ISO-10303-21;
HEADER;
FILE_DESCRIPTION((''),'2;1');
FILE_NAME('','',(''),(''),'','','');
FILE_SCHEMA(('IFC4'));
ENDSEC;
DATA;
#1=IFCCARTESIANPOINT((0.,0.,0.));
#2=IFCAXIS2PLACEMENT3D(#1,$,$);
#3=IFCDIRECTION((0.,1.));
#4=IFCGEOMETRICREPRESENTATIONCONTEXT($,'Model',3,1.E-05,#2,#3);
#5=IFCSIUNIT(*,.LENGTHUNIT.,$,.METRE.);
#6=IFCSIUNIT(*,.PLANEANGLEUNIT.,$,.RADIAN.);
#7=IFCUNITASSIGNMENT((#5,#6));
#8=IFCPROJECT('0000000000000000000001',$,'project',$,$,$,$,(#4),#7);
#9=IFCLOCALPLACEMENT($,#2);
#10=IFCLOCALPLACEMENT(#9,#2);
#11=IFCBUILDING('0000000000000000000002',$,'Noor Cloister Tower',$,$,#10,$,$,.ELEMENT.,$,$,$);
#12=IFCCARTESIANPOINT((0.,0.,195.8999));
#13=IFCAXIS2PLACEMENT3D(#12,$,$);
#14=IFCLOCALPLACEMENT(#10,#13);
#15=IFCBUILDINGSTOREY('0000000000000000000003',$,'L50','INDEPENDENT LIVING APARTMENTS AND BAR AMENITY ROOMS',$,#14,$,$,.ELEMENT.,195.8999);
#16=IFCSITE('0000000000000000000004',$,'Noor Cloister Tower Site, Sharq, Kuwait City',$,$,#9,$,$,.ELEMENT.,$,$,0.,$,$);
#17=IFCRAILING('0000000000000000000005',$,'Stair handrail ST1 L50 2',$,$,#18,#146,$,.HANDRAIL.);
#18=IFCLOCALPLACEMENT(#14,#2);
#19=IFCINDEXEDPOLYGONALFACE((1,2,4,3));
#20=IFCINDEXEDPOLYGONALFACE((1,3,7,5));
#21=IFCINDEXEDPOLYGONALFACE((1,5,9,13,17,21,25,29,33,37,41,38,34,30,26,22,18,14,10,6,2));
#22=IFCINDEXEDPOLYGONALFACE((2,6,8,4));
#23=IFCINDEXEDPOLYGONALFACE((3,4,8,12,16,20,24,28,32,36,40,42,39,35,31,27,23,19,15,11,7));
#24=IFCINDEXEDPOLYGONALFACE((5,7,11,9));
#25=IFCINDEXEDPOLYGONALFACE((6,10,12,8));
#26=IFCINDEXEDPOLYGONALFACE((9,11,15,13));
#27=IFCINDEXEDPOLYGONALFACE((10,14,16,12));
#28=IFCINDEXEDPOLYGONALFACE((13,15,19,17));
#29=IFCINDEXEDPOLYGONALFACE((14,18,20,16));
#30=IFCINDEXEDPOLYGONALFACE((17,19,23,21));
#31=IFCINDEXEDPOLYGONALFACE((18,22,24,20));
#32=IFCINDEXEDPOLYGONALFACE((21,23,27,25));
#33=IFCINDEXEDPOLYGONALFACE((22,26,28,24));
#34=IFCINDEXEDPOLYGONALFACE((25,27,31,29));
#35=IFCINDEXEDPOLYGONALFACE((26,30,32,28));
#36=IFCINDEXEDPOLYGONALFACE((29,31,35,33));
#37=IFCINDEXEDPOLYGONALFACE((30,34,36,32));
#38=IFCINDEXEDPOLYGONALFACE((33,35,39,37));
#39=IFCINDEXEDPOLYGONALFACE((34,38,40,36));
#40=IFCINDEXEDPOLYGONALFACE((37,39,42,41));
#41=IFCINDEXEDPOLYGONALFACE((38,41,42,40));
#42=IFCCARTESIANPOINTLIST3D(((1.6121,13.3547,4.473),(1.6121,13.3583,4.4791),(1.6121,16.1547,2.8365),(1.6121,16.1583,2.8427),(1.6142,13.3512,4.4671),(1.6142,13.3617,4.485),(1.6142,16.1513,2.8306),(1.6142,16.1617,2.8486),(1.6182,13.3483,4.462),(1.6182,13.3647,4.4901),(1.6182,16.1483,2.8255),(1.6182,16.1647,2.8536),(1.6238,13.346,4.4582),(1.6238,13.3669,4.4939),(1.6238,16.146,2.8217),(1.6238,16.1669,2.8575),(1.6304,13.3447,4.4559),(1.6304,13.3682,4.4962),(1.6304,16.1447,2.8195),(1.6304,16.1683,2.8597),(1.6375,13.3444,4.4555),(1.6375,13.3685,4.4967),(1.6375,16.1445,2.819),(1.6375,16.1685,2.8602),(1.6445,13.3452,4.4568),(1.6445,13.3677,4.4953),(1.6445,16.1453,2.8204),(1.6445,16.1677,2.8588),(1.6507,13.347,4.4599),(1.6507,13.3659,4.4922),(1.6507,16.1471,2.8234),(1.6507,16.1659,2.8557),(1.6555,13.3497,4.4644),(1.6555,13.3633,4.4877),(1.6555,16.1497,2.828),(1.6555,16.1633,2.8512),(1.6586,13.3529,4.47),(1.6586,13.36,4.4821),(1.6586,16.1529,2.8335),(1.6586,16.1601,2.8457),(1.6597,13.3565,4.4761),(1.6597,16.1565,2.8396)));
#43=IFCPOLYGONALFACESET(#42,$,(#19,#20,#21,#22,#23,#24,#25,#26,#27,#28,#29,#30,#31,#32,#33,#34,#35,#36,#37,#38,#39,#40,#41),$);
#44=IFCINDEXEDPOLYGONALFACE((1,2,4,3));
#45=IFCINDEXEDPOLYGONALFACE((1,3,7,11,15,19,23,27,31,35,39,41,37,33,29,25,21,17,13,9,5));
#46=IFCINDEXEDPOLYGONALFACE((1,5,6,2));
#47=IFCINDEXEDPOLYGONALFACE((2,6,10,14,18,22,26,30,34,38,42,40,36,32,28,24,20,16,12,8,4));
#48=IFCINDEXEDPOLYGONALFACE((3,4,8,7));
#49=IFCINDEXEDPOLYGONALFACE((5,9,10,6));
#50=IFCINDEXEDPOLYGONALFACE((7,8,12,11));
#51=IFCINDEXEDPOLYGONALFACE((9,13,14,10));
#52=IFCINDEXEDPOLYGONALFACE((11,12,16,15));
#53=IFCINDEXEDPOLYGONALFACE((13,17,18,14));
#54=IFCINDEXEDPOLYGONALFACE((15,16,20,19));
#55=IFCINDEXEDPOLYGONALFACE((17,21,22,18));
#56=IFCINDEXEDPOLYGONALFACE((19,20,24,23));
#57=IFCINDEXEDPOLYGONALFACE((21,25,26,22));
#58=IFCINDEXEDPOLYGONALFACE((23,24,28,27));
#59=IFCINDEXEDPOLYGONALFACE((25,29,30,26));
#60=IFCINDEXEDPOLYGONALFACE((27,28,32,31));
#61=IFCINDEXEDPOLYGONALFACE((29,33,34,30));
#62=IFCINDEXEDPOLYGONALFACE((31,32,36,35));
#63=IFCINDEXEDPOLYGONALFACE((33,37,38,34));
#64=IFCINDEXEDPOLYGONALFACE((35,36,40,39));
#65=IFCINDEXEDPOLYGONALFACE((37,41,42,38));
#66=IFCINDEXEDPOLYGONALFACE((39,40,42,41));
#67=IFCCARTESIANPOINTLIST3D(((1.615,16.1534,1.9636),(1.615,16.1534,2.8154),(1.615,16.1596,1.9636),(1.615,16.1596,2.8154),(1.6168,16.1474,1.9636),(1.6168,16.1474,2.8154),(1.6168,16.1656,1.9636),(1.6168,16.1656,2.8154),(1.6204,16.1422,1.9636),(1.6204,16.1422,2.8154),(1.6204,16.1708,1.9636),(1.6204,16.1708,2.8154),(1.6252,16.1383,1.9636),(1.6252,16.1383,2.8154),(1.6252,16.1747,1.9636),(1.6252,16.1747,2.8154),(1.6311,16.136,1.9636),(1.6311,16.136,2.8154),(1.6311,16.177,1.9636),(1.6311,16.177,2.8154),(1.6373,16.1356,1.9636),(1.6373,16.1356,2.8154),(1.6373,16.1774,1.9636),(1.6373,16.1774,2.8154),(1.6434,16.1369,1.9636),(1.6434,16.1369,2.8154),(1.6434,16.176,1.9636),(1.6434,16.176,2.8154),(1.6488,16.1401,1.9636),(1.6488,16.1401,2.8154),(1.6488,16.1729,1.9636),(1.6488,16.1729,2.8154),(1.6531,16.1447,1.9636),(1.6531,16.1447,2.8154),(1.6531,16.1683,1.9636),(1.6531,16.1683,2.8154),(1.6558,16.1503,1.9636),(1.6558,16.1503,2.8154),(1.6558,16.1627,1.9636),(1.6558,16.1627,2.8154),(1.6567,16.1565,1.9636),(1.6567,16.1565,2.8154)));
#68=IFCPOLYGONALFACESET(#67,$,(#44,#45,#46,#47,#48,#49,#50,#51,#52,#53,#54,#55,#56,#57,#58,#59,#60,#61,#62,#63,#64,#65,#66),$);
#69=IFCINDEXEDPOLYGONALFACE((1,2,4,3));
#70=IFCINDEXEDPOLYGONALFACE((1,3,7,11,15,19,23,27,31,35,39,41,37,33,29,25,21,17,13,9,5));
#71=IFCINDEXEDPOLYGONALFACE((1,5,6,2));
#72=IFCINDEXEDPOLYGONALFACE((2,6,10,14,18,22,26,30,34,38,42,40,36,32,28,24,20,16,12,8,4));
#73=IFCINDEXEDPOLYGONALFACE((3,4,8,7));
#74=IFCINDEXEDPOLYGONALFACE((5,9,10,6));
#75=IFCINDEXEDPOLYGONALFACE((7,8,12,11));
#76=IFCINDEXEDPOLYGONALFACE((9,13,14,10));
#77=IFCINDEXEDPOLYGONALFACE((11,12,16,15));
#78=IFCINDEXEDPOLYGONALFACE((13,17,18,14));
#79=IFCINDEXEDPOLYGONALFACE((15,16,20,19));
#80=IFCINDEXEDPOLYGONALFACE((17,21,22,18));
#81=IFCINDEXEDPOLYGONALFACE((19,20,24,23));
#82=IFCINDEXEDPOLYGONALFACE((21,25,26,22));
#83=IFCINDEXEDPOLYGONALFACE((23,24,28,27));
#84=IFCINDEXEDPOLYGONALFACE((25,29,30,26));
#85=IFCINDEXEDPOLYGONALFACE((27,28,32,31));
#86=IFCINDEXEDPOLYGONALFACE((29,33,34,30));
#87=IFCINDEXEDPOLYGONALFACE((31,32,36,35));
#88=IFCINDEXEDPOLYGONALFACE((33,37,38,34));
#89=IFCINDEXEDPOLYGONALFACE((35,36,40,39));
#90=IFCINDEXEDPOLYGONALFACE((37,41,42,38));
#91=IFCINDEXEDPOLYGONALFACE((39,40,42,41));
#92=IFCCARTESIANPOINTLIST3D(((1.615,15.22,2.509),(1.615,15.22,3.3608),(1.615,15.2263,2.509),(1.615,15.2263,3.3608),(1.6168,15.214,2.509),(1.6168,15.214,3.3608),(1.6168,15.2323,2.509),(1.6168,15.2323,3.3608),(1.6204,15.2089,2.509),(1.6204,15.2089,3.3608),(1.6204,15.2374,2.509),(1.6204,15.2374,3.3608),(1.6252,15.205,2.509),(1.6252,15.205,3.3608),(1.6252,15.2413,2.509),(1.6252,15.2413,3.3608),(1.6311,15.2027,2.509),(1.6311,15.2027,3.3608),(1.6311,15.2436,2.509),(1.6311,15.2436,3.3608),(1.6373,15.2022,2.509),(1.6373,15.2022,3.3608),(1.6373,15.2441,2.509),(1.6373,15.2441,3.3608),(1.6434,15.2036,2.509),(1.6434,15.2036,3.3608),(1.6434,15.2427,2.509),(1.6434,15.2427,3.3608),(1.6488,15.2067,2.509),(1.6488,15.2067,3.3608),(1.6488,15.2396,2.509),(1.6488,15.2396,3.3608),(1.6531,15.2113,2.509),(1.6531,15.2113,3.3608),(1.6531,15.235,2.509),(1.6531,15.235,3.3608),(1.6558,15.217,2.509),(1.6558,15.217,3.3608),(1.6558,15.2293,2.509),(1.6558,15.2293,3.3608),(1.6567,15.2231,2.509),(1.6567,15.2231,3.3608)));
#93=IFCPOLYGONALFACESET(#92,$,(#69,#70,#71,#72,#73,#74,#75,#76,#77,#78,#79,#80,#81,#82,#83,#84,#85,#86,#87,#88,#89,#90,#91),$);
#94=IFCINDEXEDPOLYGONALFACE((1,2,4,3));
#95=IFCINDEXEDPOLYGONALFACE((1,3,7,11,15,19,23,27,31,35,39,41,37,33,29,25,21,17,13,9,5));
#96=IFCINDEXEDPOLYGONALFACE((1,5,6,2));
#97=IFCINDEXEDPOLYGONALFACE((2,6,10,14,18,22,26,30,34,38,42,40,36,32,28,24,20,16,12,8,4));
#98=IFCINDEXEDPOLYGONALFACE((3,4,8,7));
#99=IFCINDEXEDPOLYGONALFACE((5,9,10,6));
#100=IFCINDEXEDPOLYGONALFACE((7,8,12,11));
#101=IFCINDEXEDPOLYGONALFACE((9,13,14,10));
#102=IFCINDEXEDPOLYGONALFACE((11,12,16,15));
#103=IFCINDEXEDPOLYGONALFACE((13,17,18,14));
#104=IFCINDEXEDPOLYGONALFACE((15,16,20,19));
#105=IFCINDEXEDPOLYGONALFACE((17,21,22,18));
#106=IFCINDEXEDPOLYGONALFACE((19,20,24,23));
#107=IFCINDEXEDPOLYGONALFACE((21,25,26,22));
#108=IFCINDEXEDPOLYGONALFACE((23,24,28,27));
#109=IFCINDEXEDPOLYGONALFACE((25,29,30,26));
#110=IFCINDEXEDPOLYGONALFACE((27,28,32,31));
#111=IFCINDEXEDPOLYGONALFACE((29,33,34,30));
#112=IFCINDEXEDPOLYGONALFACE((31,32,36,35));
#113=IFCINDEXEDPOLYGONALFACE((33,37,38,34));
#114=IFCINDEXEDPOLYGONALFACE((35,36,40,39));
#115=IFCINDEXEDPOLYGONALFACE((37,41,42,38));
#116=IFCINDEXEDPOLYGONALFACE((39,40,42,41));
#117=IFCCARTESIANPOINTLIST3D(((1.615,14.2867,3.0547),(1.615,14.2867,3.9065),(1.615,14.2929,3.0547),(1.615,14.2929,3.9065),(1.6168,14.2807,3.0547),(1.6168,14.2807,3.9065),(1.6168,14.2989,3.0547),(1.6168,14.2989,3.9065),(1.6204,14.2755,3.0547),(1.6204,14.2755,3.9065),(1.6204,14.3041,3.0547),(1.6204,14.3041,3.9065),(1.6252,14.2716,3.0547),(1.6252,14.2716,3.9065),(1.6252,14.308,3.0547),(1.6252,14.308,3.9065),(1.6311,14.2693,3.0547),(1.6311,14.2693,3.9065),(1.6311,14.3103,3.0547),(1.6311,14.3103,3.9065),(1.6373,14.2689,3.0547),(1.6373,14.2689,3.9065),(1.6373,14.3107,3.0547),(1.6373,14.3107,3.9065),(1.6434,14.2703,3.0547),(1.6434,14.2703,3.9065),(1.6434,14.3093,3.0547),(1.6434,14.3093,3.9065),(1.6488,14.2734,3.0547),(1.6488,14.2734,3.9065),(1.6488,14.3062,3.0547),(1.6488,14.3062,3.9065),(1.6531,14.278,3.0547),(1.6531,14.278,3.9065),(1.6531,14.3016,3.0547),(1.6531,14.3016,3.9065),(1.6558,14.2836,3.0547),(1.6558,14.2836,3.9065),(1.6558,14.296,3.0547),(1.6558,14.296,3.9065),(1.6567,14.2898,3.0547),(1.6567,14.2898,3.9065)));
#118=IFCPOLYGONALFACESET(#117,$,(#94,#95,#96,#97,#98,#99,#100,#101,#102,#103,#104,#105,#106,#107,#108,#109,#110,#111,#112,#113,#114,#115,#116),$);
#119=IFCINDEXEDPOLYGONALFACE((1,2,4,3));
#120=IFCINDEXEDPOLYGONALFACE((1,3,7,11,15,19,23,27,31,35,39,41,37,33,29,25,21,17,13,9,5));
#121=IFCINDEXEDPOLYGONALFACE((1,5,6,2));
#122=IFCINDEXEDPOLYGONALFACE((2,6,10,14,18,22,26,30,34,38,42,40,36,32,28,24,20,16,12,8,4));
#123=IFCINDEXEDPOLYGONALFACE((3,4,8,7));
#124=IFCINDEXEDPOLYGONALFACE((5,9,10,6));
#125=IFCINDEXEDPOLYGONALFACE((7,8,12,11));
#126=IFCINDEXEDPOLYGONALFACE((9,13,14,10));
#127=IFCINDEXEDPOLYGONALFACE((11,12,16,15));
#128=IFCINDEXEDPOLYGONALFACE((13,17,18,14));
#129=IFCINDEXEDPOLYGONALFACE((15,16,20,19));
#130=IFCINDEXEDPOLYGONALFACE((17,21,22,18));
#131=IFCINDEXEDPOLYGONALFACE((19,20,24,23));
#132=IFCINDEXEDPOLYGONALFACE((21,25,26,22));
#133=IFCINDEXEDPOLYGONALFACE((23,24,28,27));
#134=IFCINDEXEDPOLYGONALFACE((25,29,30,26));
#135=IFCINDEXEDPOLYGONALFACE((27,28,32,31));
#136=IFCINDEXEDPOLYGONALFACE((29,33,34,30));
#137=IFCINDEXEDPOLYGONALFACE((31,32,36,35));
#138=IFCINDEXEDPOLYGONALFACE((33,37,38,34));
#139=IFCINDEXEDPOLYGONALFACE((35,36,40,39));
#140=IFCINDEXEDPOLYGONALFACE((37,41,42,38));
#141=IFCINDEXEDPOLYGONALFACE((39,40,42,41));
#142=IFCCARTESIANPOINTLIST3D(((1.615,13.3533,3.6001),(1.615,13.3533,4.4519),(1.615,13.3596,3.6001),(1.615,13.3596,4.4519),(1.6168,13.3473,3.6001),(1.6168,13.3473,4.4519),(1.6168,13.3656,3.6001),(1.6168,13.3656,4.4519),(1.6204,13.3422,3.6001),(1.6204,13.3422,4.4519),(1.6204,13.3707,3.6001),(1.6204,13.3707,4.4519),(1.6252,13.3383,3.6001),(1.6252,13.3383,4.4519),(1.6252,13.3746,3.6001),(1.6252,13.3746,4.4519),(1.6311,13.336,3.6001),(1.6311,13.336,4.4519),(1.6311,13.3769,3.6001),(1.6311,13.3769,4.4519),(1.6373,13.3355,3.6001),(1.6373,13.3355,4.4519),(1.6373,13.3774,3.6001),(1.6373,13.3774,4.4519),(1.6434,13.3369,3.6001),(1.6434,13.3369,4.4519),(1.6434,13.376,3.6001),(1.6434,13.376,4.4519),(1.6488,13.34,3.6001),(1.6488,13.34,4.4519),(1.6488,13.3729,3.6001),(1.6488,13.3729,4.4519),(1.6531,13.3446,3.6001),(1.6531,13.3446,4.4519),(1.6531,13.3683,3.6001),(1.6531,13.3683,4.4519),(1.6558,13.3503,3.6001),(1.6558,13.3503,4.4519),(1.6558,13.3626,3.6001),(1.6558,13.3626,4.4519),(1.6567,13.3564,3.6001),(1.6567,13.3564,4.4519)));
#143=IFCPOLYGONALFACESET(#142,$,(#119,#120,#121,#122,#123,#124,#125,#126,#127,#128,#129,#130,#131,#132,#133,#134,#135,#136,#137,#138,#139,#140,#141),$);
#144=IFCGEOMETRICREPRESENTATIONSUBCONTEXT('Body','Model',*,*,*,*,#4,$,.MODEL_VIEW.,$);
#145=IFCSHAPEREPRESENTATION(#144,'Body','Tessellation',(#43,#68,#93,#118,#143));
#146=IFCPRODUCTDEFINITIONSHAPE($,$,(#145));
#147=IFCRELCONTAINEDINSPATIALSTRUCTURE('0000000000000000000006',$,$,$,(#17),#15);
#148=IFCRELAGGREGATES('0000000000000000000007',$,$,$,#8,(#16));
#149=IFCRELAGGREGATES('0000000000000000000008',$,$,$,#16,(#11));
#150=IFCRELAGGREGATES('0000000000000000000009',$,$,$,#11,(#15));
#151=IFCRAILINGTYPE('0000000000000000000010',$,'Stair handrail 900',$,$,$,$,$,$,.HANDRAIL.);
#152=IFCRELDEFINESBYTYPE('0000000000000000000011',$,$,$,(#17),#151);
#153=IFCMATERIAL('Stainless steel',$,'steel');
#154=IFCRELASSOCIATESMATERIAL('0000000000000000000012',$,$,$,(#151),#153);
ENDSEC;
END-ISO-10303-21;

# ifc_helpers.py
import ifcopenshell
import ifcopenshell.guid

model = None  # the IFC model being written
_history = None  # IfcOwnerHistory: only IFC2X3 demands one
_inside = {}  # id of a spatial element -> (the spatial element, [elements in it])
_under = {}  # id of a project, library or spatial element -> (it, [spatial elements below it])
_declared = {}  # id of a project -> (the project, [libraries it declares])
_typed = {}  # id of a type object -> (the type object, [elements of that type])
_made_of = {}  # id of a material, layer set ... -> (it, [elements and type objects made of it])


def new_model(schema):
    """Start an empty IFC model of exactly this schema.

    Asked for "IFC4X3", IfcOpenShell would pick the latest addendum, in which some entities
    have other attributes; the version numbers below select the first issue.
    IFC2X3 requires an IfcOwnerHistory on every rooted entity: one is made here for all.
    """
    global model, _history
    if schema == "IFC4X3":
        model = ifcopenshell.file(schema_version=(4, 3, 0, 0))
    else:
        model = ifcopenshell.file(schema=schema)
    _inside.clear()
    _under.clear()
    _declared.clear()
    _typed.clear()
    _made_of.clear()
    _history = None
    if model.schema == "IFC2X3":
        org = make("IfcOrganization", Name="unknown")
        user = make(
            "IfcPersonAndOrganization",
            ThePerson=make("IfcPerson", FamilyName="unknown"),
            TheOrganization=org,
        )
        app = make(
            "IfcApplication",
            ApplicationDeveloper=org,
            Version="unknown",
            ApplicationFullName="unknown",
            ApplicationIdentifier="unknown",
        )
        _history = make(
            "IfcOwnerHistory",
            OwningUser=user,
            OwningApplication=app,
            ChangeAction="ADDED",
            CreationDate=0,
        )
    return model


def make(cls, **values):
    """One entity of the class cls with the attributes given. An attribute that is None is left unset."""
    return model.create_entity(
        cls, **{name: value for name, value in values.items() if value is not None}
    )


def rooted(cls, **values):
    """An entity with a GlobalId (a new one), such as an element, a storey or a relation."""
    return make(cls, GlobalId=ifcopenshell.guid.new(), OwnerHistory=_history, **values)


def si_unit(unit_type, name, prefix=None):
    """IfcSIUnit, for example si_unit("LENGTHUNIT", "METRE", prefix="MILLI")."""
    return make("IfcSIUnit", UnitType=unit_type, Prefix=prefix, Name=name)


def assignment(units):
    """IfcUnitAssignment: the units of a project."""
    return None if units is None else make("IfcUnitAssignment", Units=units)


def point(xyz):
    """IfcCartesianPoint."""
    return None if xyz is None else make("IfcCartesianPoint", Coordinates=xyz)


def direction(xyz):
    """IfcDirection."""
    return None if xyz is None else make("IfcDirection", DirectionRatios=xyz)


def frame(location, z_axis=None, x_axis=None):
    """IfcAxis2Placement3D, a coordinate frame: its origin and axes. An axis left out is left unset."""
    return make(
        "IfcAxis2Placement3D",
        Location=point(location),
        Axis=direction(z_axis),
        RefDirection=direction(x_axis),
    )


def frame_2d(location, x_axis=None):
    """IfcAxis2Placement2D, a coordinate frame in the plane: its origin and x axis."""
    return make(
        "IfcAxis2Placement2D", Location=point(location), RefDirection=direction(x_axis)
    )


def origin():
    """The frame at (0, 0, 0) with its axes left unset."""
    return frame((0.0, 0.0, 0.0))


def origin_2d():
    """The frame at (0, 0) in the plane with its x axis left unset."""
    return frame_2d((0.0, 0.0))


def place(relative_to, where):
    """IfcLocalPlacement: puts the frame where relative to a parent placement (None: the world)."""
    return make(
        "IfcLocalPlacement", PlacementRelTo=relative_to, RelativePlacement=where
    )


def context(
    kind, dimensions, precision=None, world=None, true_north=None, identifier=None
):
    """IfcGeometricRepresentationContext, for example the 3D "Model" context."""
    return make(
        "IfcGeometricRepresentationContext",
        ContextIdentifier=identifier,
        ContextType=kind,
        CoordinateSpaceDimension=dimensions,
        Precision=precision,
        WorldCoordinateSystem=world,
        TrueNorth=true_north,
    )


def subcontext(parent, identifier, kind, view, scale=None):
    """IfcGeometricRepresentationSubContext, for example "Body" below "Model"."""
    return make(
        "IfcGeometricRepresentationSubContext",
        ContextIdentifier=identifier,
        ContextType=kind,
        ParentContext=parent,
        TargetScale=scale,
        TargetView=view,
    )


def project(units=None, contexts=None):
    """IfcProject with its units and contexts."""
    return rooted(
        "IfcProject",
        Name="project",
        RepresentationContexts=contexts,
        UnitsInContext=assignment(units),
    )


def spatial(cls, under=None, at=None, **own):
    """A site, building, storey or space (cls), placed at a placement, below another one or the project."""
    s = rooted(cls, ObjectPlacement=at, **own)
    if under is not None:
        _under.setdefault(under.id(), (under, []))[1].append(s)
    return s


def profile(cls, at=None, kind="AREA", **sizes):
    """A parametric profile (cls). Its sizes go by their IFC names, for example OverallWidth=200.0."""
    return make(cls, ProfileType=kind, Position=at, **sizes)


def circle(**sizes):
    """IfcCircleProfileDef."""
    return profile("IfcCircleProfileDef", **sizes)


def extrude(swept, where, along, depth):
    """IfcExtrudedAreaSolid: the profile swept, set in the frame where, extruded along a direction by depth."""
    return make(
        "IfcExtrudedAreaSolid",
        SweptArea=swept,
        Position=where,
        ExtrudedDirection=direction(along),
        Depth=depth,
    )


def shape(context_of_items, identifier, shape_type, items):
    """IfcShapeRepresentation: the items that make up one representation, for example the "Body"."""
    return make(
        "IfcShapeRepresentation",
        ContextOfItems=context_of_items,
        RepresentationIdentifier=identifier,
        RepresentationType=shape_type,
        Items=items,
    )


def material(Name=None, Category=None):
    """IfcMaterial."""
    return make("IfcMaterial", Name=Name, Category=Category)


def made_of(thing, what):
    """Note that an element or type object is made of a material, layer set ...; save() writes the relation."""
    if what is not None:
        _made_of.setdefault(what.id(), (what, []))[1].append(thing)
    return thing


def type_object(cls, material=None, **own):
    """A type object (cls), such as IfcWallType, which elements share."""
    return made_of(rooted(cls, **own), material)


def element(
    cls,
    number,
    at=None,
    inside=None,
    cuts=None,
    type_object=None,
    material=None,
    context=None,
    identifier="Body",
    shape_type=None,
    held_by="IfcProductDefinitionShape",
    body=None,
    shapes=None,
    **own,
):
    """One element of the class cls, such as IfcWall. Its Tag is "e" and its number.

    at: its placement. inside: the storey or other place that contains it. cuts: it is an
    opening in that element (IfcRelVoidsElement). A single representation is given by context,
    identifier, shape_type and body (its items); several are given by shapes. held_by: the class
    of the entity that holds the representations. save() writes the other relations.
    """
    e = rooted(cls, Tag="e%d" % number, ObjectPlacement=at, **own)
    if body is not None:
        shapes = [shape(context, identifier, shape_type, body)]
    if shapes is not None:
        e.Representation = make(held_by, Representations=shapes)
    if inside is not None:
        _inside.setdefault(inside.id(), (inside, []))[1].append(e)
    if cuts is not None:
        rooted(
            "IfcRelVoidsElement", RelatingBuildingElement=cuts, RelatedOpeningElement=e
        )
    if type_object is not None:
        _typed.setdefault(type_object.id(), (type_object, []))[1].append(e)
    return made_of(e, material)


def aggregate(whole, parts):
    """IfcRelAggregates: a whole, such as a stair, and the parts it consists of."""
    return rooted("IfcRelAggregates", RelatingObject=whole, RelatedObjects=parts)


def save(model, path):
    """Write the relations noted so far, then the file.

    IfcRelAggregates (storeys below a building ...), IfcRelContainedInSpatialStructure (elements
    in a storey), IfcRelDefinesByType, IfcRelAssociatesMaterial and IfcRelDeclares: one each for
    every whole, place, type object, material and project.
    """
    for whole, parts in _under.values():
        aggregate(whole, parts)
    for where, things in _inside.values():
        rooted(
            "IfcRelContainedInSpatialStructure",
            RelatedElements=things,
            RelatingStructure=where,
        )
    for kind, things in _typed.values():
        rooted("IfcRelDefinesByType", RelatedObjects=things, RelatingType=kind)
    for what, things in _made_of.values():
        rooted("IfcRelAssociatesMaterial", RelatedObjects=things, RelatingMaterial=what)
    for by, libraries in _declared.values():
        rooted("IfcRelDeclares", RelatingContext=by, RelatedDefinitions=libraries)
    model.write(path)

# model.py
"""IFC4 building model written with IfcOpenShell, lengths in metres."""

from ifc_helpers import new_model, si_unit, direction, frame, origin, origin_2d, place, context, subcontext, project, spatial, circle, extrude, material, type_object, element, save


model = new_model("IFC4")

# Units and contexts
model_context = context("Model", 3, precision=1e-05, world=origin(), true_north=direction((0.0, 1.0)))
body_context = subcontext(model_context, "Body", "Model", "MODEL_VIEW")
ifc_project = project(units=[si_unit("LENGTHUNIT", "METRE"), si_unit("PLANEANGLEUNIT", "RADIAN")], contexts=[model_context])

# Site, building, storey
site_placement = place(None, origin())
site = spatial("IfcSite", under=ifc_project, at=site_placement, Name="Noor Cloister Tower Site, Sharq, Kuwait City", CompositionType="ELEMENT", RefElevation=0.0)
building_placement = place(site_placement, origin())
building = spatial("IfcBuilding", under=site, at=building_placement, Name="Noor Cloister Tower", CompositionType="ELEMENT")
storey_placement = place(building_placement, frame((0.0, 0.0, 195.8999)))
storey = spatial("IfcBuildingStorey", under=building, at=storey_placement, Name="L50", Description="INDEPENDENT LIVING APARTMENTS AND BAR AMENITY ROOMS", CompositionType="ELEMENT", Elevation=195.8999)

# Railing
ifc_material_1 = material(Name="Stainless steel", Category="steel")
railing_type_1 = type_object("IfcRailingType", Name="Stair handrail 900", PredefinedType="HANDRAIL", material=ifc_material_1)
railing_1_placement = place(storey_placement, frame((1.6357, 16.1565, 1.9636)))
element("IfcRailing", 1, at=railing_1_placement, inside=storey, type_object=railing_type_1, Name="Stair handrail ST1 L50 2", PredefinedType="HANDRAIL", context=body_context, shape_type="SweptSolid", body=[
    extrude(circle(Radius=0.0239, at=origin_2d()), frame((0.0, 0.0, 0.876), z_axis=(0.0, -0.863361, 0.504587), x_axis=(1.0, 0.0, 0.0)), (0.0, 0.0, 1.0), 3.2432),
    extrude(circle(Radius=0.021, at=origin_2d()), origin(), (0.0, 0.0, 1.0), 0.8518),
    extrude(circle(Radius=0.021, at=origin_2d()), frame((0.0, -0.9333, 0.5454)), (0.0, 0.0, 1.0), 0.8518),
    extrude(circle(Radius=0.021, at=origin_2d()), frame((0.0, -1.8667, 1.0911)), (0.0, 0.0, 1.0), 0.8518),
    extrude(circle(Radius=0.021, at=origin_2d()), frame((0.0, -2.8, 1.6365)), (0.0, 0.0, 1.0), 0.8518),
])

save(model, "model.ifc")
